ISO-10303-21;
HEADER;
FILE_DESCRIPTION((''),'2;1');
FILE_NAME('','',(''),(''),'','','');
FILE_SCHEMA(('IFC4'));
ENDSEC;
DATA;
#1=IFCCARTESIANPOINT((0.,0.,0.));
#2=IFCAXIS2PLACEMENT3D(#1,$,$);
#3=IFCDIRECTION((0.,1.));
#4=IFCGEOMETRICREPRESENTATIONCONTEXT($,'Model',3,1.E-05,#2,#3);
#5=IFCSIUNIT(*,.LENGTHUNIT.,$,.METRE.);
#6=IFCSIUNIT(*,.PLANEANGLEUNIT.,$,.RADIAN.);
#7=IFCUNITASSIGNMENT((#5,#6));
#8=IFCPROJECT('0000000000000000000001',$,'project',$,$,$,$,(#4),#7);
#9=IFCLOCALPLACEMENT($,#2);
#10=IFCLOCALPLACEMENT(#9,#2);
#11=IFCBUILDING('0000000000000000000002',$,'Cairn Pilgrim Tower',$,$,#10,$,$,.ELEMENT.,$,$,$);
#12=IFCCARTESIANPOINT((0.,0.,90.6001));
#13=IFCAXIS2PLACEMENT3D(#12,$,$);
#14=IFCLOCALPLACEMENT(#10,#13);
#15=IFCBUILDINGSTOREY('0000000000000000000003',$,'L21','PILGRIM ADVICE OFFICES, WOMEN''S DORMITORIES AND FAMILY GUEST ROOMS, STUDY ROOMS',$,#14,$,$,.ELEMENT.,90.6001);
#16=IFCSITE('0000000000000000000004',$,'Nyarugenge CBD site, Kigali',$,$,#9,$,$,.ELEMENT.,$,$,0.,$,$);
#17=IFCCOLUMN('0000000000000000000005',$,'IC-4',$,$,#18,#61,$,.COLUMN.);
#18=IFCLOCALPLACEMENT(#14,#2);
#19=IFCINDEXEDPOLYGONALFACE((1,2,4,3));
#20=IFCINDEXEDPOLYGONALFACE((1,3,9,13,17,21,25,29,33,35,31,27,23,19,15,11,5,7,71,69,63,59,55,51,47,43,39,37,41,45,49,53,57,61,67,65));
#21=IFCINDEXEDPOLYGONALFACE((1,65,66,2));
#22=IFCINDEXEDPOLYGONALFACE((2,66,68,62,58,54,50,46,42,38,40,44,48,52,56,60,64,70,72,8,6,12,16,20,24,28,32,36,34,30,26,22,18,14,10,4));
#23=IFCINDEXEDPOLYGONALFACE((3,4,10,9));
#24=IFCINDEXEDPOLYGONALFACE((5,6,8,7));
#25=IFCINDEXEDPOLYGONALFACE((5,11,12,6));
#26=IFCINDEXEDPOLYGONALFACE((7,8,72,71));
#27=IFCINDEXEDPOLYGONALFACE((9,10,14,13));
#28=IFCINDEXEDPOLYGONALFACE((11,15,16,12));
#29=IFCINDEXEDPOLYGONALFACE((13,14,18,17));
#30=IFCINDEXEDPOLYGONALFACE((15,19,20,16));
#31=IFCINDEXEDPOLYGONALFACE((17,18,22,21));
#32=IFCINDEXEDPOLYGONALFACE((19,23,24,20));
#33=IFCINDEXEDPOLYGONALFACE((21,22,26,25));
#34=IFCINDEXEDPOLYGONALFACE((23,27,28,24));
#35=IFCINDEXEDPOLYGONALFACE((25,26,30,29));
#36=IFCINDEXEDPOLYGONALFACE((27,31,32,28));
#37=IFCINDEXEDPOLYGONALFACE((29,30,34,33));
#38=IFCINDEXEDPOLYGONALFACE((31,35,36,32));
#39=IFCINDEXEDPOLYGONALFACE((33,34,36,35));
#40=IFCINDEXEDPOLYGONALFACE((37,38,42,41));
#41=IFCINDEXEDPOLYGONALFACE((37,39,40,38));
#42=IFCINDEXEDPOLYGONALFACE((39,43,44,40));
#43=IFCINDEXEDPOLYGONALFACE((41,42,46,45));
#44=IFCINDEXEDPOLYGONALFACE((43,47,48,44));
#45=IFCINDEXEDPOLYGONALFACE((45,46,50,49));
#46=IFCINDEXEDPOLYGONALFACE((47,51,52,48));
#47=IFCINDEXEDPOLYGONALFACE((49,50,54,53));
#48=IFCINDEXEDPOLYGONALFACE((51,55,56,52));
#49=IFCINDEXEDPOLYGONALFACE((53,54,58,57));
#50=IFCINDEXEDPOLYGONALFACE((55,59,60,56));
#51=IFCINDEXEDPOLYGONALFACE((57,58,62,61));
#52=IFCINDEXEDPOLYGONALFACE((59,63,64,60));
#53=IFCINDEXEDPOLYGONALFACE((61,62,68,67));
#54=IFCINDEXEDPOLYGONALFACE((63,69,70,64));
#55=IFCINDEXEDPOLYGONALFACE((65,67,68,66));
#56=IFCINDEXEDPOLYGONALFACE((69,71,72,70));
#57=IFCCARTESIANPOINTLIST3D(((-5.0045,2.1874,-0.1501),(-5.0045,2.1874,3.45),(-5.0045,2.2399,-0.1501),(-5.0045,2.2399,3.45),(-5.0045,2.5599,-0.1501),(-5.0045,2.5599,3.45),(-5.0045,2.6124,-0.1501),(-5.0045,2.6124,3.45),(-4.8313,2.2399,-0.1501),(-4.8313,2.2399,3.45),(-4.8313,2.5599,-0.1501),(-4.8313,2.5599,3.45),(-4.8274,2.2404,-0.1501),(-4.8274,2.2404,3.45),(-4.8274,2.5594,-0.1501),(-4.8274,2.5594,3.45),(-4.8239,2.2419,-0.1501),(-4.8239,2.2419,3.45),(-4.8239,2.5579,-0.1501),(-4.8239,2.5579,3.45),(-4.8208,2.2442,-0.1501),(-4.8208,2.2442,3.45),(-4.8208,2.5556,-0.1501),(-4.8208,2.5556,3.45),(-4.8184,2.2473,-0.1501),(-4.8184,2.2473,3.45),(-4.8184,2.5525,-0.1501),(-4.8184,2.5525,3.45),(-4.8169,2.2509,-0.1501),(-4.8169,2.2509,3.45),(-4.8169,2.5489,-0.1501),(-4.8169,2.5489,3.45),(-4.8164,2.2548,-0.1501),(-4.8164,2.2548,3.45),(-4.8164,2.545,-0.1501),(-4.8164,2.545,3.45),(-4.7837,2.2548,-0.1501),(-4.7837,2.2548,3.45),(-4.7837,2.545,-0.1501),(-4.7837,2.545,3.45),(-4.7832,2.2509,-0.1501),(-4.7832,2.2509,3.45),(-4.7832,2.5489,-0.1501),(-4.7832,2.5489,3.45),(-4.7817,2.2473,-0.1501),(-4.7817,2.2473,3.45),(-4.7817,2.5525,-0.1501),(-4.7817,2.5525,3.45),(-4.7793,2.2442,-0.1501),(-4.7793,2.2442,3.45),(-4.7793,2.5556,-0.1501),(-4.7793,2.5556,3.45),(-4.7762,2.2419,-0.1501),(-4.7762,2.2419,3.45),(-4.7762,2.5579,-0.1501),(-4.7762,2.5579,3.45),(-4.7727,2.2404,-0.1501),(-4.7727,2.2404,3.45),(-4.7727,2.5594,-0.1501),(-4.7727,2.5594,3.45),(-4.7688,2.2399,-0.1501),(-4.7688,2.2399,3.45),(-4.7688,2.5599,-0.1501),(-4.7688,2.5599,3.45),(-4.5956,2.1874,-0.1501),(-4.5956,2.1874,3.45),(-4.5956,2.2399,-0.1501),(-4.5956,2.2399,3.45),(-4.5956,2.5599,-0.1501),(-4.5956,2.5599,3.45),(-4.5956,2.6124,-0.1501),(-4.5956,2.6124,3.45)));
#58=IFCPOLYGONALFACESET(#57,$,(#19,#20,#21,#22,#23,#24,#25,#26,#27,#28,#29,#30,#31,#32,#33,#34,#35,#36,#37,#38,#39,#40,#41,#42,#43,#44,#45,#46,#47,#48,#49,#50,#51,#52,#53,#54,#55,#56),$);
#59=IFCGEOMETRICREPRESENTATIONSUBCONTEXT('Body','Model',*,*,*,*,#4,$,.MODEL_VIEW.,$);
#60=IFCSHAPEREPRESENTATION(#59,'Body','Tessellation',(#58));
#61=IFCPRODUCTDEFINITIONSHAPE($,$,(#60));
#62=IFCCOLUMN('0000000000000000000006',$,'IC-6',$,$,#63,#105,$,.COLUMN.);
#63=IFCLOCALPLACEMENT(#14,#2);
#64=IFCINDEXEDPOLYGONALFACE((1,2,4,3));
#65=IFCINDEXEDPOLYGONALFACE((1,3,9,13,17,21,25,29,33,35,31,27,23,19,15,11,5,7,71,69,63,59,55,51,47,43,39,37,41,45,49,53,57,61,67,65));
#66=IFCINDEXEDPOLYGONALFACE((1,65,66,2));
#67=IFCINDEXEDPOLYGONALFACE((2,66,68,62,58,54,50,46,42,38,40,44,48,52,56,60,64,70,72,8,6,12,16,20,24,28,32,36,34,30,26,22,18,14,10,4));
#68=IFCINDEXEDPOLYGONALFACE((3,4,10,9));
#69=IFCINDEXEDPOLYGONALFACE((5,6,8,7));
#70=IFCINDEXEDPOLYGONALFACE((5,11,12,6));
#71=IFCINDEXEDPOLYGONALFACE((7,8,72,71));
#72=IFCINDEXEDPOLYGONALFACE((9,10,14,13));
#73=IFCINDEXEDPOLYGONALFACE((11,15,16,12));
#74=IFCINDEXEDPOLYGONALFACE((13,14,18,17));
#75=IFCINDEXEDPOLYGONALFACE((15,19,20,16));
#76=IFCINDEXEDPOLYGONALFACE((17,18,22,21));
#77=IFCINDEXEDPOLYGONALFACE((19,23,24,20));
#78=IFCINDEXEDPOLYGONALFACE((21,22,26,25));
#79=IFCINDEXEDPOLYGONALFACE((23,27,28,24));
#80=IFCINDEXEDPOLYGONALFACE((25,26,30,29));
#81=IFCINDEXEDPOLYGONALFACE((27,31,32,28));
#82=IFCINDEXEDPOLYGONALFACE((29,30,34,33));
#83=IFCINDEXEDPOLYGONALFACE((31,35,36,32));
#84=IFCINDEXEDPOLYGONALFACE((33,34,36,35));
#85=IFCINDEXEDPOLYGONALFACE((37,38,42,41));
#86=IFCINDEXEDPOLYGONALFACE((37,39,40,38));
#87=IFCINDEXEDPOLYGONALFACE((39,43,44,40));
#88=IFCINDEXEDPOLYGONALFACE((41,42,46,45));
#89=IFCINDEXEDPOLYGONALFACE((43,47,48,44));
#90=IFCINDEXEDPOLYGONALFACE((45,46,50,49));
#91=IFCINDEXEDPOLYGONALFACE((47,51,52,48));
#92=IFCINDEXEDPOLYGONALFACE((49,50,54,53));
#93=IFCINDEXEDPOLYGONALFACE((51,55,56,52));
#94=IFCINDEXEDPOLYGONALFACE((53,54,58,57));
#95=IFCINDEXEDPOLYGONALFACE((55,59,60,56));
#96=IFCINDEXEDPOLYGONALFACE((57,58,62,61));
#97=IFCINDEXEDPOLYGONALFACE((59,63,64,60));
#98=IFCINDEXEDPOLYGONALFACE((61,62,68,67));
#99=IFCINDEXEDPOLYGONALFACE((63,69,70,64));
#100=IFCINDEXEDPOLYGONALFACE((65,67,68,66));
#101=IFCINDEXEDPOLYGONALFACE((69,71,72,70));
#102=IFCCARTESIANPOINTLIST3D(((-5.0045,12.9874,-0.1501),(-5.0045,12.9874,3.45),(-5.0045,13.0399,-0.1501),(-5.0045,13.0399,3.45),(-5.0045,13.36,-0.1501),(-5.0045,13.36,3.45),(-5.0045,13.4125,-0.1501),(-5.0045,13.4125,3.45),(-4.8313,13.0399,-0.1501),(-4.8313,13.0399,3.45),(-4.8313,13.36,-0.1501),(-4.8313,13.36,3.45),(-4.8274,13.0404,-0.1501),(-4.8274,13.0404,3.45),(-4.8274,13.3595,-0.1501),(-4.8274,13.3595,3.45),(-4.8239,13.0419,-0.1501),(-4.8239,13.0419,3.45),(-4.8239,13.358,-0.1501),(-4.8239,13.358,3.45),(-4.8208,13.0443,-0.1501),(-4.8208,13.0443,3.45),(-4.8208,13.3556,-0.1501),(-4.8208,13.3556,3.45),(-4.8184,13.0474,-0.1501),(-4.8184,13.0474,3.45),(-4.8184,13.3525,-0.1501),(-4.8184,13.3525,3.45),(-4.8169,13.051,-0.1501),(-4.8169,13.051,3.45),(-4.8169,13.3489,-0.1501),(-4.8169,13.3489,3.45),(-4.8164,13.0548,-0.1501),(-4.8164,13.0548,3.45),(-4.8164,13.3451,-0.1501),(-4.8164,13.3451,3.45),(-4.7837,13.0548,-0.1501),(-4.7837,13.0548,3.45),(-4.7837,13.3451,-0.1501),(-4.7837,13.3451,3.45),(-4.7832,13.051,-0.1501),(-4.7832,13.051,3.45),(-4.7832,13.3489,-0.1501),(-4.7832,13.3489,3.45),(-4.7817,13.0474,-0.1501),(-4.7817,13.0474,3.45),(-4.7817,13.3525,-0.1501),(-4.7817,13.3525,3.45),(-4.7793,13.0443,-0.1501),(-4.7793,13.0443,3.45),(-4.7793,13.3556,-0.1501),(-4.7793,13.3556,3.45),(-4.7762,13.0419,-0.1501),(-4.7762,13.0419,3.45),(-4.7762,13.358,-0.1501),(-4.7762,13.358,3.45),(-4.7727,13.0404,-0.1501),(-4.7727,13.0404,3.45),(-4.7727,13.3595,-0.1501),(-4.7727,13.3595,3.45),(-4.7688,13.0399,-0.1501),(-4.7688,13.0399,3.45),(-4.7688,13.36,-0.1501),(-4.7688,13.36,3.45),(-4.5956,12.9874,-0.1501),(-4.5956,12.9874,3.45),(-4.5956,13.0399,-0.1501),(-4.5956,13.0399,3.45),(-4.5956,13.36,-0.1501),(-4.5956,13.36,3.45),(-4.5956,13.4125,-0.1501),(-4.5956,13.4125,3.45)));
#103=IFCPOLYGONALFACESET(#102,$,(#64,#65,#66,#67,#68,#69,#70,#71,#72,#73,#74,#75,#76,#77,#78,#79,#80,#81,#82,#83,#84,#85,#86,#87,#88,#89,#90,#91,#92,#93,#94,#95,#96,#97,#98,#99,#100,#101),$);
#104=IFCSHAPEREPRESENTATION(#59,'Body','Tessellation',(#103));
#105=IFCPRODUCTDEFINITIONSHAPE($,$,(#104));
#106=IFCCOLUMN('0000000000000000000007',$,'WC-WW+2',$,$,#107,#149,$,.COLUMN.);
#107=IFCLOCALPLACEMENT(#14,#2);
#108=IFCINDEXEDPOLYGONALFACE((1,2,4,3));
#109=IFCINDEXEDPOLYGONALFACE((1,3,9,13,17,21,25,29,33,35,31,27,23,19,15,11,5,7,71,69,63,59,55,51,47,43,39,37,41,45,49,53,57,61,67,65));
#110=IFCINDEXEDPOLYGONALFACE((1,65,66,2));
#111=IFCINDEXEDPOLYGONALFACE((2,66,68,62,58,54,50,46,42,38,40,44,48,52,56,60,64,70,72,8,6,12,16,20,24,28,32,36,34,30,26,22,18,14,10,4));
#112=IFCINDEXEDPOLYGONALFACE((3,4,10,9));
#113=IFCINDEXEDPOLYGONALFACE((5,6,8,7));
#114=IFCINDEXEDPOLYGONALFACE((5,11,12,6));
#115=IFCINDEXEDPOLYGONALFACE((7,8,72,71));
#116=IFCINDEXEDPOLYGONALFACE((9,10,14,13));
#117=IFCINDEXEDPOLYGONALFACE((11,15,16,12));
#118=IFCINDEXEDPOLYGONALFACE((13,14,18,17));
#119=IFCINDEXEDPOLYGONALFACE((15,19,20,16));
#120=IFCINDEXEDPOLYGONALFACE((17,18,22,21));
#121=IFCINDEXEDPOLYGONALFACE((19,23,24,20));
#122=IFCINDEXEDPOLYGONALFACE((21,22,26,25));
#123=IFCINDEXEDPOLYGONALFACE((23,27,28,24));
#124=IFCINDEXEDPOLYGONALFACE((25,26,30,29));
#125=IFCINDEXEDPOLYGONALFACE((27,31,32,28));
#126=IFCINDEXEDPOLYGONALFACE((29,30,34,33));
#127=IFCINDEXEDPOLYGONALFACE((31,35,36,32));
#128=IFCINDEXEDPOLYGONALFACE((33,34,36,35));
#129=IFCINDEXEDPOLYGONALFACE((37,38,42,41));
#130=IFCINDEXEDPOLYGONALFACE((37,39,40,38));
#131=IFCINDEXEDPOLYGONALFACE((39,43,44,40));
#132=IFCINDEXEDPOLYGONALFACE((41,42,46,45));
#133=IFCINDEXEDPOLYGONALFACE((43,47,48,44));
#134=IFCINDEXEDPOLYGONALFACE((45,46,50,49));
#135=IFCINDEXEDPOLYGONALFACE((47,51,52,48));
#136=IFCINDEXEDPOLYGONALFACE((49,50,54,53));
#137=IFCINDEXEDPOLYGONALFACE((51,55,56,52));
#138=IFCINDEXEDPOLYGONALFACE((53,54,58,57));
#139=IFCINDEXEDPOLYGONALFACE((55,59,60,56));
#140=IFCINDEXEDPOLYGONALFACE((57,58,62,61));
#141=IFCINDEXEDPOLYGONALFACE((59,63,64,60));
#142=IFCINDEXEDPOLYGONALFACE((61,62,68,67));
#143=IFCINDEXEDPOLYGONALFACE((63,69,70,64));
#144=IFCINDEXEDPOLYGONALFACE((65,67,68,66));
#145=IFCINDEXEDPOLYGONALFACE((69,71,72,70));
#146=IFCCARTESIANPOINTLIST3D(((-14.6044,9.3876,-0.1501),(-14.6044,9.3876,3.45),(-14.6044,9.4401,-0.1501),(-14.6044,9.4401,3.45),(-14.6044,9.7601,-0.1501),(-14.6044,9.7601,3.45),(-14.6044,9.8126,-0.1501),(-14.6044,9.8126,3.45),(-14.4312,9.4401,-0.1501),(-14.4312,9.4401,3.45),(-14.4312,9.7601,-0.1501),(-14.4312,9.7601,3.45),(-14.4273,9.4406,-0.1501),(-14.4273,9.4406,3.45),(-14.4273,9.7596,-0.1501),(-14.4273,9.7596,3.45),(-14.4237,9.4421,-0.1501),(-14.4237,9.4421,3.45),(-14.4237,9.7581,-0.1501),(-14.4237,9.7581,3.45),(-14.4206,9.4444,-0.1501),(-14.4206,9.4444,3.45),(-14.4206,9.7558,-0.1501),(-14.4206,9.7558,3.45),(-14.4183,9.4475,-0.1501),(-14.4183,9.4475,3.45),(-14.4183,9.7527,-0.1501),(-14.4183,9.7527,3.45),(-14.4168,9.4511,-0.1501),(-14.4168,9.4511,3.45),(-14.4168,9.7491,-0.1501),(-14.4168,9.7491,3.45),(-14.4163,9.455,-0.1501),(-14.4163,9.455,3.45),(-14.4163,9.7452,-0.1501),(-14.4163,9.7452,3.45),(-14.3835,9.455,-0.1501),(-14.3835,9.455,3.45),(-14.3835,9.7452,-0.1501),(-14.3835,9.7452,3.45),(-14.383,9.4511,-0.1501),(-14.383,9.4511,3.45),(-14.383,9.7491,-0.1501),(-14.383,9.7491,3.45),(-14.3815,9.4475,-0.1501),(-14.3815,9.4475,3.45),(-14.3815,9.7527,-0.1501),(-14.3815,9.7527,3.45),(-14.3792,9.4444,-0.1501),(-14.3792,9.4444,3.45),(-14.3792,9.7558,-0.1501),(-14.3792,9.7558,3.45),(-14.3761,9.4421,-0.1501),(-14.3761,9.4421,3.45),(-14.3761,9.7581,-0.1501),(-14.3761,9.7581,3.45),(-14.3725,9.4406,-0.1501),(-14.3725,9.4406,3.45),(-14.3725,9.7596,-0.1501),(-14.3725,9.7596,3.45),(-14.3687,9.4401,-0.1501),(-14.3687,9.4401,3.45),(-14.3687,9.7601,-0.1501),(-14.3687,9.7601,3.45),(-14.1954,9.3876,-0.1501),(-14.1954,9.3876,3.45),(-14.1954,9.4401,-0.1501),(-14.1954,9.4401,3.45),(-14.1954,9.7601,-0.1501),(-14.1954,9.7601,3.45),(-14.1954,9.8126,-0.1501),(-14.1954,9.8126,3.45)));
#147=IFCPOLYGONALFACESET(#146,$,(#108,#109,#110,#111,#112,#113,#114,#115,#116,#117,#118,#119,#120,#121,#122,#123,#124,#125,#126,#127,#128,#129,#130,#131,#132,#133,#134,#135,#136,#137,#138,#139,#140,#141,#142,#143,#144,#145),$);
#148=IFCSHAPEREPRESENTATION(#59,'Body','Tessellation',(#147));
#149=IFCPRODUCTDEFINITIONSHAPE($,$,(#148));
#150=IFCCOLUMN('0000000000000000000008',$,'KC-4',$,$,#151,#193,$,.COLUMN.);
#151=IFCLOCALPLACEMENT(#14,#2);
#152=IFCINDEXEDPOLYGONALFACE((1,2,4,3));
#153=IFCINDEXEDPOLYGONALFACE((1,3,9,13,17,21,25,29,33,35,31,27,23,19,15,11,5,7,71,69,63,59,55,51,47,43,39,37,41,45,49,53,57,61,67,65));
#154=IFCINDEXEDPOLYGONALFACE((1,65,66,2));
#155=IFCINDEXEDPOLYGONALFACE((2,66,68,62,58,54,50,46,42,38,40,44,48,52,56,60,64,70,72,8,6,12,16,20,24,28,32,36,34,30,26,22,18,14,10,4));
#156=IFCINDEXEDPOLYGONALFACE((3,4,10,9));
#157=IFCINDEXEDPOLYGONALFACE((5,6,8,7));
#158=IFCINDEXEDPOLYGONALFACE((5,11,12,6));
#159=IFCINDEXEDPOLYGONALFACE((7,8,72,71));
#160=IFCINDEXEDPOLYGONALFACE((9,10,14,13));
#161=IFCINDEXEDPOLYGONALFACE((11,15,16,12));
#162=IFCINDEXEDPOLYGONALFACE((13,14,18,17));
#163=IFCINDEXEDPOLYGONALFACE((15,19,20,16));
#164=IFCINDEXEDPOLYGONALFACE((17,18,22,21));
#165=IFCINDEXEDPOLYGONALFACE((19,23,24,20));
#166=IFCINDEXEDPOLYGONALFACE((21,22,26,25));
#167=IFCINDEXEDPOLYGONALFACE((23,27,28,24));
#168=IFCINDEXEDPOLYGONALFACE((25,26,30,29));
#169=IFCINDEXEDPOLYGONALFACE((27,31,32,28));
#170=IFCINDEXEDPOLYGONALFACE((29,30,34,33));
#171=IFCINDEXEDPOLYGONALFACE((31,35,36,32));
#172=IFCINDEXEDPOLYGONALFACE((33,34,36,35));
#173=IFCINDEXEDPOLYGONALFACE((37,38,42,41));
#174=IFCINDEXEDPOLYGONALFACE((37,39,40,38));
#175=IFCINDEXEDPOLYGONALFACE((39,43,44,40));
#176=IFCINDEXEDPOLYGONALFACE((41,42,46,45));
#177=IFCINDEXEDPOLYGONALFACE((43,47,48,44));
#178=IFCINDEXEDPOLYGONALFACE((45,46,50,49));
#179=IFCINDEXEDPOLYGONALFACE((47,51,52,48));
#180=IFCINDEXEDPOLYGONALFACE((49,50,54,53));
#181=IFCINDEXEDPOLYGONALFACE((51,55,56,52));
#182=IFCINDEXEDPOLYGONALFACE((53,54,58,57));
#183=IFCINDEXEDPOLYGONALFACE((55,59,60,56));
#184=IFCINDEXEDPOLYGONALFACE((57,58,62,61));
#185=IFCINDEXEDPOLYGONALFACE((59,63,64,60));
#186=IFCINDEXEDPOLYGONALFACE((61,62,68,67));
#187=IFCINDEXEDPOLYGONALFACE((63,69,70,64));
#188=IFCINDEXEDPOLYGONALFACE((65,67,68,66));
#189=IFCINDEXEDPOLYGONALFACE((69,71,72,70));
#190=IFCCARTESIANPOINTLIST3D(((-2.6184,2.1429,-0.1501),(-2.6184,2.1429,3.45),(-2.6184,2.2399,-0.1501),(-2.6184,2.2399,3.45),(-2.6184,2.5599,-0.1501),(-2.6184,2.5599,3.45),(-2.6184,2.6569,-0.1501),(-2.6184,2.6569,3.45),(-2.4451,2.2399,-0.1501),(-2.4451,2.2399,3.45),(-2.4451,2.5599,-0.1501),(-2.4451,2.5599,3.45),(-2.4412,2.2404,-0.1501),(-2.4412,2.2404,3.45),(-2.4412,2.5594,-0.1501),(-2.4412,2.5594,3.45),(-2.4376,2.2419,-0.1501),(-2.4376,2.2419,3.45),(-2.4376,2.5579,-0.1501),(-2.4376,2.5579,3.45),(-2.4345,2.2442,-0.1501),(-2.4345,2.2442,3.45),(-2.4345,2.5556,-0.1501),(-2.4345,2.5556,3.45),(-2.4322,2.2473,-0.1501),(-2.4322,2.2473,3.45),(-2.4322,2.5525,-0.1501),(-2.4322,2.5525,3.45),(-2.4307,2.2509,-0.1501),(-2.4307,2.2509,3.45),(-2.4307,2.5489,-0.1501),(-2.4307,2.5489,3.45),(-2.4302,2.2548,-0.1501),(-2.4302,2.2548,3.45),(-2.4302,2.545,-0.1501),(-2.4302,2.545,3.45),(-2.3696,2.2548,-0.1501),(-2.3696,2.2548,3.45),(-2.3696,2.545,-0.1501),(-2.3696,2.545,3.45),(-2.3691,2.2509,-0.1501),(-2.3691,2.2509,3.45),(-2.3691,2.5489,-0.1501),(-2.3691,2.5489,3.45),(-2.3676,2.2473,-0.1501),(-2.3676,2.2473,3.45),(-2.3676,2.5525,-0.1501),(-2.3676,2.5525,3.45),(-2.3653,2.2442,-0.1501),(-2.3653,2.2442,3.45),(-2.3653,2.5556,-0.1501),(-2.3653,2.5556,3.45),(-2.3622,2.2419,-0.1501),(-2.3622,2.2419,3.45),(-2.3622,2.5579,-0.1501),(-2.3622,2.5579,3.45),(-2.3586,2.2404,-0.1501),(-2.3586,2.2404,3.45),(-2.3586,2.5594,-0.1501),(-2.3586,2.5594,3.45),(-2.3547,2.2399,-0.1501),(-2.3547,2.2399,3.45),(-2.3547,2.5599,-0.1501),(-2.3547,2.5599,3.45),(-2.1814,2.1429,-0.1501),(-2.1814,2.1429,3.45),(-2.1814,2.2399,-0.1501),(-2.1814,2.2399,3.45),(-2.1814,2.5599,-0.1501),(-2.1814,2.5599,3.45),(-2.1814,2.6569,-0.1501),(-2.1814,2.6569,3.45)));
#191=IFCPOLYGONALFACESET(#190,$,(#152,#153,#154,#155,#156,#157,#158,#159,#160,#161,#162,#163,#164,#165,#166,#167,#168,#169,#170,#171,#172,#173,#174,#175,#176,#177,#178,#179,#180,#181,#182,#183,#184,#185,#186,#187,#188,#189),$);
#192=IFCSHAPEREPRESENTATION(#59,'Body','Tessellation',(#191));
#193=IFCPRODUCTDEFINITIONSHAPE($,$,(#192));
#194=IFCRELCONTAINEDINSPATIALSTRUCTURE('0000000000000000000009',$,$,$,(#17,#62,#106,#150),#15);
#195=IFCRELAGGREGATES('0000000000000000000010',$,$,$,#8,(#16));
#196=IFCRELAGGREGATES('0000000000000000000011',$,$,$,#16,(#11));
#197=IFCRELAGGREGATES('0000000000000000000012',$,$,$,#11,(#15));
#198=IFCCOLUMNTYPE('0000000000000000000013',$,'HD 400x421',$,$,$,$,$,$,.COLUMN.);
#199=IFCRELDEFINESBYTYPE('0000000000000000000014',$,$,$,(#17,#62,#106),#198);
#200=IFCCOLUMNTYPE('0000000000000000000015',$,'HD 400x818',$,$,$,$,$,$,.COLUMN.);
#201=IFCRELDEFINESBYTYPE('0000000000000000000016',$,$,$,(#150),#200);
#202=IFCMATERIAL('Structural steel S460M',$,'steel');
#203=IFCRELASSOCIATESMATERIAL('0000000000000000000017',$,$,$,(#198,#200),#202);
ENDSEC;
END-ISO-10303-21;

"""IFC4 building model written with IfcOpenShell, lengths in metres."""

from ifc_helpers import new_model, si_unit, direction, frame, origin, origin_2d, place, context, subcontext, project, spatial, i_section, extrude, material, material_profile, profile_set, type_object, element, save


model = new_model("IFC4")

# Units and contexts
model_context = context("Model", 3, precision=1e-05, world=origin(), true_north=direction((0.0, 1.0)))
body_context = subcontext(model_context, "Body", "Model", "MODEL_VIEW")
ifc_project = project(units=[si_unit("LENGTHUNIT", "METRE"), si_unit("PLANEANGLEUNIT", "RADIAN")], contexts=[model_context])

# Site, building, storey
site_placement = place(None, origin())
site = spatial("IfcSite", under=ifc_project, at=site_placement, Name="Nyarugenge CBD site, Kigali", CompositionType="ELEMENT", RefElevation=0.0)
building_placement = place(site_placement, origin())
building = spatial("IfcBuilding", under=site, at=building_placement, Name="Cairn Pilgrim Tower", CompositionType="ELEMENT")
storey_placement = place(building_placement, frame((0.0, 0.0, 90.6001)))
storey = spatial("IfcBuildingStorey", under=building, at=storey_placement, Name="L21", Description="PILGRIM ADVICE OFFICES, WOMEN'S DORMITORIES AND FAMILY GUEST ROOMS, STUDY ROOMS", CompositionType="ELEMENT", Elevation=90.6001)

# Columns
ifc_material_1 = material(Name="Structural steel S460M", Category="steel")
ifc_material_profile_1 = material_profile(ifc_material_1, i_section(OverallWidth=0.4089, OverallDepth=0.425, WebThickness=0.0327, FlangeThickness=0.0525, FilletRadius=0.0149, at=origin_2d()), Name="HD 400x421")
ifc_profile_set_1 = profile_set([ifc_material_profile_1], Name="Structural steel S460M")
column_type_1 = type_object("IfcColumnType", Name="HD 400x421", PredefinedType="COLUMN", material=ifc_profile_set_1)
for number, where, z_axis, x_axis, name in (
    (1, (-4.8, 2.3999, -0.1501), (0.0, 0.0, 1.0), (1.0, 0.0, 0.0), "IC-4"),
    (2, (-4.8, 13.2, -0.1501), (0.0, 0.0, 1.0), (1.0, 0.0, 0.0), "IC-6"),
    (3, (-14.3999, 9.6001, -0.1501), (0.0, 0.0, 1.0), (1.0, 0.0, 0.0), "WC-WW+2"),
):
    element("IfcColumn", number, at=place(storey_placement, frame(where, z_axis=z_axis, x_axis=x_axis)), inside=storey, type_object=column_type_1, Name=name, PredefinedType="COLUMN", context=body_context, shape_type="SweptSolid", body=[
        extrude(i_section(OverallWidth=0.4089, OverallDepth=0.425, WebThickness=0.0327, FlangeThickness=0.0525, FilletRadius=0.0149, at=origin_2d()), origin(), (0.0, 0.0, 1.0), 3.6001),
    ])
ifc_material_profile_2 = material_profile(ifc_material_1, i_section(OverallWidth=0.437, OverallDepth=0.5139, WebThickness=0.0605, FlangeThickness=0.0969, FilletRadius=0.0149, at=origin_2d()), Name="HD 400x818")
ifc_profile_set_2 = profile_set([ifc_material_profile_2], Name="Structural steel S460M")
column_type_2 = type_object("IfcColumnType", Name="HD 400x818", PredefinedType="COLUMN", material=ifc_profile_set_2)
for number, where, z_axis, x_axis, name in (
    (4, (-2.3999, 2.3999, -0.1501), (0.0, 0.0, 1.0), (1.0, 0.0, 0.0), "KC-4"),
):
    element("IfcColumn", number, at=place(storey_placement, frame(where, z_axis=z_axis, x_axis=x_axis)), inside=storey, type_object=column_type_2, Name=name, PredefinedType="COLUMN", context=body_context, shape_type="SweptSolid", body=[
        extrude(i_section(OverallWidth=0.437, OverallDepth=0.5139, WebThickness=0.0605, FlangeThickness=0.0969, FilletRadius=0.0149, at=origin_2d()), origin(), (0.0, 0.0, 1.0), 3.6001),
    ])

save(model, "model.ifc")
